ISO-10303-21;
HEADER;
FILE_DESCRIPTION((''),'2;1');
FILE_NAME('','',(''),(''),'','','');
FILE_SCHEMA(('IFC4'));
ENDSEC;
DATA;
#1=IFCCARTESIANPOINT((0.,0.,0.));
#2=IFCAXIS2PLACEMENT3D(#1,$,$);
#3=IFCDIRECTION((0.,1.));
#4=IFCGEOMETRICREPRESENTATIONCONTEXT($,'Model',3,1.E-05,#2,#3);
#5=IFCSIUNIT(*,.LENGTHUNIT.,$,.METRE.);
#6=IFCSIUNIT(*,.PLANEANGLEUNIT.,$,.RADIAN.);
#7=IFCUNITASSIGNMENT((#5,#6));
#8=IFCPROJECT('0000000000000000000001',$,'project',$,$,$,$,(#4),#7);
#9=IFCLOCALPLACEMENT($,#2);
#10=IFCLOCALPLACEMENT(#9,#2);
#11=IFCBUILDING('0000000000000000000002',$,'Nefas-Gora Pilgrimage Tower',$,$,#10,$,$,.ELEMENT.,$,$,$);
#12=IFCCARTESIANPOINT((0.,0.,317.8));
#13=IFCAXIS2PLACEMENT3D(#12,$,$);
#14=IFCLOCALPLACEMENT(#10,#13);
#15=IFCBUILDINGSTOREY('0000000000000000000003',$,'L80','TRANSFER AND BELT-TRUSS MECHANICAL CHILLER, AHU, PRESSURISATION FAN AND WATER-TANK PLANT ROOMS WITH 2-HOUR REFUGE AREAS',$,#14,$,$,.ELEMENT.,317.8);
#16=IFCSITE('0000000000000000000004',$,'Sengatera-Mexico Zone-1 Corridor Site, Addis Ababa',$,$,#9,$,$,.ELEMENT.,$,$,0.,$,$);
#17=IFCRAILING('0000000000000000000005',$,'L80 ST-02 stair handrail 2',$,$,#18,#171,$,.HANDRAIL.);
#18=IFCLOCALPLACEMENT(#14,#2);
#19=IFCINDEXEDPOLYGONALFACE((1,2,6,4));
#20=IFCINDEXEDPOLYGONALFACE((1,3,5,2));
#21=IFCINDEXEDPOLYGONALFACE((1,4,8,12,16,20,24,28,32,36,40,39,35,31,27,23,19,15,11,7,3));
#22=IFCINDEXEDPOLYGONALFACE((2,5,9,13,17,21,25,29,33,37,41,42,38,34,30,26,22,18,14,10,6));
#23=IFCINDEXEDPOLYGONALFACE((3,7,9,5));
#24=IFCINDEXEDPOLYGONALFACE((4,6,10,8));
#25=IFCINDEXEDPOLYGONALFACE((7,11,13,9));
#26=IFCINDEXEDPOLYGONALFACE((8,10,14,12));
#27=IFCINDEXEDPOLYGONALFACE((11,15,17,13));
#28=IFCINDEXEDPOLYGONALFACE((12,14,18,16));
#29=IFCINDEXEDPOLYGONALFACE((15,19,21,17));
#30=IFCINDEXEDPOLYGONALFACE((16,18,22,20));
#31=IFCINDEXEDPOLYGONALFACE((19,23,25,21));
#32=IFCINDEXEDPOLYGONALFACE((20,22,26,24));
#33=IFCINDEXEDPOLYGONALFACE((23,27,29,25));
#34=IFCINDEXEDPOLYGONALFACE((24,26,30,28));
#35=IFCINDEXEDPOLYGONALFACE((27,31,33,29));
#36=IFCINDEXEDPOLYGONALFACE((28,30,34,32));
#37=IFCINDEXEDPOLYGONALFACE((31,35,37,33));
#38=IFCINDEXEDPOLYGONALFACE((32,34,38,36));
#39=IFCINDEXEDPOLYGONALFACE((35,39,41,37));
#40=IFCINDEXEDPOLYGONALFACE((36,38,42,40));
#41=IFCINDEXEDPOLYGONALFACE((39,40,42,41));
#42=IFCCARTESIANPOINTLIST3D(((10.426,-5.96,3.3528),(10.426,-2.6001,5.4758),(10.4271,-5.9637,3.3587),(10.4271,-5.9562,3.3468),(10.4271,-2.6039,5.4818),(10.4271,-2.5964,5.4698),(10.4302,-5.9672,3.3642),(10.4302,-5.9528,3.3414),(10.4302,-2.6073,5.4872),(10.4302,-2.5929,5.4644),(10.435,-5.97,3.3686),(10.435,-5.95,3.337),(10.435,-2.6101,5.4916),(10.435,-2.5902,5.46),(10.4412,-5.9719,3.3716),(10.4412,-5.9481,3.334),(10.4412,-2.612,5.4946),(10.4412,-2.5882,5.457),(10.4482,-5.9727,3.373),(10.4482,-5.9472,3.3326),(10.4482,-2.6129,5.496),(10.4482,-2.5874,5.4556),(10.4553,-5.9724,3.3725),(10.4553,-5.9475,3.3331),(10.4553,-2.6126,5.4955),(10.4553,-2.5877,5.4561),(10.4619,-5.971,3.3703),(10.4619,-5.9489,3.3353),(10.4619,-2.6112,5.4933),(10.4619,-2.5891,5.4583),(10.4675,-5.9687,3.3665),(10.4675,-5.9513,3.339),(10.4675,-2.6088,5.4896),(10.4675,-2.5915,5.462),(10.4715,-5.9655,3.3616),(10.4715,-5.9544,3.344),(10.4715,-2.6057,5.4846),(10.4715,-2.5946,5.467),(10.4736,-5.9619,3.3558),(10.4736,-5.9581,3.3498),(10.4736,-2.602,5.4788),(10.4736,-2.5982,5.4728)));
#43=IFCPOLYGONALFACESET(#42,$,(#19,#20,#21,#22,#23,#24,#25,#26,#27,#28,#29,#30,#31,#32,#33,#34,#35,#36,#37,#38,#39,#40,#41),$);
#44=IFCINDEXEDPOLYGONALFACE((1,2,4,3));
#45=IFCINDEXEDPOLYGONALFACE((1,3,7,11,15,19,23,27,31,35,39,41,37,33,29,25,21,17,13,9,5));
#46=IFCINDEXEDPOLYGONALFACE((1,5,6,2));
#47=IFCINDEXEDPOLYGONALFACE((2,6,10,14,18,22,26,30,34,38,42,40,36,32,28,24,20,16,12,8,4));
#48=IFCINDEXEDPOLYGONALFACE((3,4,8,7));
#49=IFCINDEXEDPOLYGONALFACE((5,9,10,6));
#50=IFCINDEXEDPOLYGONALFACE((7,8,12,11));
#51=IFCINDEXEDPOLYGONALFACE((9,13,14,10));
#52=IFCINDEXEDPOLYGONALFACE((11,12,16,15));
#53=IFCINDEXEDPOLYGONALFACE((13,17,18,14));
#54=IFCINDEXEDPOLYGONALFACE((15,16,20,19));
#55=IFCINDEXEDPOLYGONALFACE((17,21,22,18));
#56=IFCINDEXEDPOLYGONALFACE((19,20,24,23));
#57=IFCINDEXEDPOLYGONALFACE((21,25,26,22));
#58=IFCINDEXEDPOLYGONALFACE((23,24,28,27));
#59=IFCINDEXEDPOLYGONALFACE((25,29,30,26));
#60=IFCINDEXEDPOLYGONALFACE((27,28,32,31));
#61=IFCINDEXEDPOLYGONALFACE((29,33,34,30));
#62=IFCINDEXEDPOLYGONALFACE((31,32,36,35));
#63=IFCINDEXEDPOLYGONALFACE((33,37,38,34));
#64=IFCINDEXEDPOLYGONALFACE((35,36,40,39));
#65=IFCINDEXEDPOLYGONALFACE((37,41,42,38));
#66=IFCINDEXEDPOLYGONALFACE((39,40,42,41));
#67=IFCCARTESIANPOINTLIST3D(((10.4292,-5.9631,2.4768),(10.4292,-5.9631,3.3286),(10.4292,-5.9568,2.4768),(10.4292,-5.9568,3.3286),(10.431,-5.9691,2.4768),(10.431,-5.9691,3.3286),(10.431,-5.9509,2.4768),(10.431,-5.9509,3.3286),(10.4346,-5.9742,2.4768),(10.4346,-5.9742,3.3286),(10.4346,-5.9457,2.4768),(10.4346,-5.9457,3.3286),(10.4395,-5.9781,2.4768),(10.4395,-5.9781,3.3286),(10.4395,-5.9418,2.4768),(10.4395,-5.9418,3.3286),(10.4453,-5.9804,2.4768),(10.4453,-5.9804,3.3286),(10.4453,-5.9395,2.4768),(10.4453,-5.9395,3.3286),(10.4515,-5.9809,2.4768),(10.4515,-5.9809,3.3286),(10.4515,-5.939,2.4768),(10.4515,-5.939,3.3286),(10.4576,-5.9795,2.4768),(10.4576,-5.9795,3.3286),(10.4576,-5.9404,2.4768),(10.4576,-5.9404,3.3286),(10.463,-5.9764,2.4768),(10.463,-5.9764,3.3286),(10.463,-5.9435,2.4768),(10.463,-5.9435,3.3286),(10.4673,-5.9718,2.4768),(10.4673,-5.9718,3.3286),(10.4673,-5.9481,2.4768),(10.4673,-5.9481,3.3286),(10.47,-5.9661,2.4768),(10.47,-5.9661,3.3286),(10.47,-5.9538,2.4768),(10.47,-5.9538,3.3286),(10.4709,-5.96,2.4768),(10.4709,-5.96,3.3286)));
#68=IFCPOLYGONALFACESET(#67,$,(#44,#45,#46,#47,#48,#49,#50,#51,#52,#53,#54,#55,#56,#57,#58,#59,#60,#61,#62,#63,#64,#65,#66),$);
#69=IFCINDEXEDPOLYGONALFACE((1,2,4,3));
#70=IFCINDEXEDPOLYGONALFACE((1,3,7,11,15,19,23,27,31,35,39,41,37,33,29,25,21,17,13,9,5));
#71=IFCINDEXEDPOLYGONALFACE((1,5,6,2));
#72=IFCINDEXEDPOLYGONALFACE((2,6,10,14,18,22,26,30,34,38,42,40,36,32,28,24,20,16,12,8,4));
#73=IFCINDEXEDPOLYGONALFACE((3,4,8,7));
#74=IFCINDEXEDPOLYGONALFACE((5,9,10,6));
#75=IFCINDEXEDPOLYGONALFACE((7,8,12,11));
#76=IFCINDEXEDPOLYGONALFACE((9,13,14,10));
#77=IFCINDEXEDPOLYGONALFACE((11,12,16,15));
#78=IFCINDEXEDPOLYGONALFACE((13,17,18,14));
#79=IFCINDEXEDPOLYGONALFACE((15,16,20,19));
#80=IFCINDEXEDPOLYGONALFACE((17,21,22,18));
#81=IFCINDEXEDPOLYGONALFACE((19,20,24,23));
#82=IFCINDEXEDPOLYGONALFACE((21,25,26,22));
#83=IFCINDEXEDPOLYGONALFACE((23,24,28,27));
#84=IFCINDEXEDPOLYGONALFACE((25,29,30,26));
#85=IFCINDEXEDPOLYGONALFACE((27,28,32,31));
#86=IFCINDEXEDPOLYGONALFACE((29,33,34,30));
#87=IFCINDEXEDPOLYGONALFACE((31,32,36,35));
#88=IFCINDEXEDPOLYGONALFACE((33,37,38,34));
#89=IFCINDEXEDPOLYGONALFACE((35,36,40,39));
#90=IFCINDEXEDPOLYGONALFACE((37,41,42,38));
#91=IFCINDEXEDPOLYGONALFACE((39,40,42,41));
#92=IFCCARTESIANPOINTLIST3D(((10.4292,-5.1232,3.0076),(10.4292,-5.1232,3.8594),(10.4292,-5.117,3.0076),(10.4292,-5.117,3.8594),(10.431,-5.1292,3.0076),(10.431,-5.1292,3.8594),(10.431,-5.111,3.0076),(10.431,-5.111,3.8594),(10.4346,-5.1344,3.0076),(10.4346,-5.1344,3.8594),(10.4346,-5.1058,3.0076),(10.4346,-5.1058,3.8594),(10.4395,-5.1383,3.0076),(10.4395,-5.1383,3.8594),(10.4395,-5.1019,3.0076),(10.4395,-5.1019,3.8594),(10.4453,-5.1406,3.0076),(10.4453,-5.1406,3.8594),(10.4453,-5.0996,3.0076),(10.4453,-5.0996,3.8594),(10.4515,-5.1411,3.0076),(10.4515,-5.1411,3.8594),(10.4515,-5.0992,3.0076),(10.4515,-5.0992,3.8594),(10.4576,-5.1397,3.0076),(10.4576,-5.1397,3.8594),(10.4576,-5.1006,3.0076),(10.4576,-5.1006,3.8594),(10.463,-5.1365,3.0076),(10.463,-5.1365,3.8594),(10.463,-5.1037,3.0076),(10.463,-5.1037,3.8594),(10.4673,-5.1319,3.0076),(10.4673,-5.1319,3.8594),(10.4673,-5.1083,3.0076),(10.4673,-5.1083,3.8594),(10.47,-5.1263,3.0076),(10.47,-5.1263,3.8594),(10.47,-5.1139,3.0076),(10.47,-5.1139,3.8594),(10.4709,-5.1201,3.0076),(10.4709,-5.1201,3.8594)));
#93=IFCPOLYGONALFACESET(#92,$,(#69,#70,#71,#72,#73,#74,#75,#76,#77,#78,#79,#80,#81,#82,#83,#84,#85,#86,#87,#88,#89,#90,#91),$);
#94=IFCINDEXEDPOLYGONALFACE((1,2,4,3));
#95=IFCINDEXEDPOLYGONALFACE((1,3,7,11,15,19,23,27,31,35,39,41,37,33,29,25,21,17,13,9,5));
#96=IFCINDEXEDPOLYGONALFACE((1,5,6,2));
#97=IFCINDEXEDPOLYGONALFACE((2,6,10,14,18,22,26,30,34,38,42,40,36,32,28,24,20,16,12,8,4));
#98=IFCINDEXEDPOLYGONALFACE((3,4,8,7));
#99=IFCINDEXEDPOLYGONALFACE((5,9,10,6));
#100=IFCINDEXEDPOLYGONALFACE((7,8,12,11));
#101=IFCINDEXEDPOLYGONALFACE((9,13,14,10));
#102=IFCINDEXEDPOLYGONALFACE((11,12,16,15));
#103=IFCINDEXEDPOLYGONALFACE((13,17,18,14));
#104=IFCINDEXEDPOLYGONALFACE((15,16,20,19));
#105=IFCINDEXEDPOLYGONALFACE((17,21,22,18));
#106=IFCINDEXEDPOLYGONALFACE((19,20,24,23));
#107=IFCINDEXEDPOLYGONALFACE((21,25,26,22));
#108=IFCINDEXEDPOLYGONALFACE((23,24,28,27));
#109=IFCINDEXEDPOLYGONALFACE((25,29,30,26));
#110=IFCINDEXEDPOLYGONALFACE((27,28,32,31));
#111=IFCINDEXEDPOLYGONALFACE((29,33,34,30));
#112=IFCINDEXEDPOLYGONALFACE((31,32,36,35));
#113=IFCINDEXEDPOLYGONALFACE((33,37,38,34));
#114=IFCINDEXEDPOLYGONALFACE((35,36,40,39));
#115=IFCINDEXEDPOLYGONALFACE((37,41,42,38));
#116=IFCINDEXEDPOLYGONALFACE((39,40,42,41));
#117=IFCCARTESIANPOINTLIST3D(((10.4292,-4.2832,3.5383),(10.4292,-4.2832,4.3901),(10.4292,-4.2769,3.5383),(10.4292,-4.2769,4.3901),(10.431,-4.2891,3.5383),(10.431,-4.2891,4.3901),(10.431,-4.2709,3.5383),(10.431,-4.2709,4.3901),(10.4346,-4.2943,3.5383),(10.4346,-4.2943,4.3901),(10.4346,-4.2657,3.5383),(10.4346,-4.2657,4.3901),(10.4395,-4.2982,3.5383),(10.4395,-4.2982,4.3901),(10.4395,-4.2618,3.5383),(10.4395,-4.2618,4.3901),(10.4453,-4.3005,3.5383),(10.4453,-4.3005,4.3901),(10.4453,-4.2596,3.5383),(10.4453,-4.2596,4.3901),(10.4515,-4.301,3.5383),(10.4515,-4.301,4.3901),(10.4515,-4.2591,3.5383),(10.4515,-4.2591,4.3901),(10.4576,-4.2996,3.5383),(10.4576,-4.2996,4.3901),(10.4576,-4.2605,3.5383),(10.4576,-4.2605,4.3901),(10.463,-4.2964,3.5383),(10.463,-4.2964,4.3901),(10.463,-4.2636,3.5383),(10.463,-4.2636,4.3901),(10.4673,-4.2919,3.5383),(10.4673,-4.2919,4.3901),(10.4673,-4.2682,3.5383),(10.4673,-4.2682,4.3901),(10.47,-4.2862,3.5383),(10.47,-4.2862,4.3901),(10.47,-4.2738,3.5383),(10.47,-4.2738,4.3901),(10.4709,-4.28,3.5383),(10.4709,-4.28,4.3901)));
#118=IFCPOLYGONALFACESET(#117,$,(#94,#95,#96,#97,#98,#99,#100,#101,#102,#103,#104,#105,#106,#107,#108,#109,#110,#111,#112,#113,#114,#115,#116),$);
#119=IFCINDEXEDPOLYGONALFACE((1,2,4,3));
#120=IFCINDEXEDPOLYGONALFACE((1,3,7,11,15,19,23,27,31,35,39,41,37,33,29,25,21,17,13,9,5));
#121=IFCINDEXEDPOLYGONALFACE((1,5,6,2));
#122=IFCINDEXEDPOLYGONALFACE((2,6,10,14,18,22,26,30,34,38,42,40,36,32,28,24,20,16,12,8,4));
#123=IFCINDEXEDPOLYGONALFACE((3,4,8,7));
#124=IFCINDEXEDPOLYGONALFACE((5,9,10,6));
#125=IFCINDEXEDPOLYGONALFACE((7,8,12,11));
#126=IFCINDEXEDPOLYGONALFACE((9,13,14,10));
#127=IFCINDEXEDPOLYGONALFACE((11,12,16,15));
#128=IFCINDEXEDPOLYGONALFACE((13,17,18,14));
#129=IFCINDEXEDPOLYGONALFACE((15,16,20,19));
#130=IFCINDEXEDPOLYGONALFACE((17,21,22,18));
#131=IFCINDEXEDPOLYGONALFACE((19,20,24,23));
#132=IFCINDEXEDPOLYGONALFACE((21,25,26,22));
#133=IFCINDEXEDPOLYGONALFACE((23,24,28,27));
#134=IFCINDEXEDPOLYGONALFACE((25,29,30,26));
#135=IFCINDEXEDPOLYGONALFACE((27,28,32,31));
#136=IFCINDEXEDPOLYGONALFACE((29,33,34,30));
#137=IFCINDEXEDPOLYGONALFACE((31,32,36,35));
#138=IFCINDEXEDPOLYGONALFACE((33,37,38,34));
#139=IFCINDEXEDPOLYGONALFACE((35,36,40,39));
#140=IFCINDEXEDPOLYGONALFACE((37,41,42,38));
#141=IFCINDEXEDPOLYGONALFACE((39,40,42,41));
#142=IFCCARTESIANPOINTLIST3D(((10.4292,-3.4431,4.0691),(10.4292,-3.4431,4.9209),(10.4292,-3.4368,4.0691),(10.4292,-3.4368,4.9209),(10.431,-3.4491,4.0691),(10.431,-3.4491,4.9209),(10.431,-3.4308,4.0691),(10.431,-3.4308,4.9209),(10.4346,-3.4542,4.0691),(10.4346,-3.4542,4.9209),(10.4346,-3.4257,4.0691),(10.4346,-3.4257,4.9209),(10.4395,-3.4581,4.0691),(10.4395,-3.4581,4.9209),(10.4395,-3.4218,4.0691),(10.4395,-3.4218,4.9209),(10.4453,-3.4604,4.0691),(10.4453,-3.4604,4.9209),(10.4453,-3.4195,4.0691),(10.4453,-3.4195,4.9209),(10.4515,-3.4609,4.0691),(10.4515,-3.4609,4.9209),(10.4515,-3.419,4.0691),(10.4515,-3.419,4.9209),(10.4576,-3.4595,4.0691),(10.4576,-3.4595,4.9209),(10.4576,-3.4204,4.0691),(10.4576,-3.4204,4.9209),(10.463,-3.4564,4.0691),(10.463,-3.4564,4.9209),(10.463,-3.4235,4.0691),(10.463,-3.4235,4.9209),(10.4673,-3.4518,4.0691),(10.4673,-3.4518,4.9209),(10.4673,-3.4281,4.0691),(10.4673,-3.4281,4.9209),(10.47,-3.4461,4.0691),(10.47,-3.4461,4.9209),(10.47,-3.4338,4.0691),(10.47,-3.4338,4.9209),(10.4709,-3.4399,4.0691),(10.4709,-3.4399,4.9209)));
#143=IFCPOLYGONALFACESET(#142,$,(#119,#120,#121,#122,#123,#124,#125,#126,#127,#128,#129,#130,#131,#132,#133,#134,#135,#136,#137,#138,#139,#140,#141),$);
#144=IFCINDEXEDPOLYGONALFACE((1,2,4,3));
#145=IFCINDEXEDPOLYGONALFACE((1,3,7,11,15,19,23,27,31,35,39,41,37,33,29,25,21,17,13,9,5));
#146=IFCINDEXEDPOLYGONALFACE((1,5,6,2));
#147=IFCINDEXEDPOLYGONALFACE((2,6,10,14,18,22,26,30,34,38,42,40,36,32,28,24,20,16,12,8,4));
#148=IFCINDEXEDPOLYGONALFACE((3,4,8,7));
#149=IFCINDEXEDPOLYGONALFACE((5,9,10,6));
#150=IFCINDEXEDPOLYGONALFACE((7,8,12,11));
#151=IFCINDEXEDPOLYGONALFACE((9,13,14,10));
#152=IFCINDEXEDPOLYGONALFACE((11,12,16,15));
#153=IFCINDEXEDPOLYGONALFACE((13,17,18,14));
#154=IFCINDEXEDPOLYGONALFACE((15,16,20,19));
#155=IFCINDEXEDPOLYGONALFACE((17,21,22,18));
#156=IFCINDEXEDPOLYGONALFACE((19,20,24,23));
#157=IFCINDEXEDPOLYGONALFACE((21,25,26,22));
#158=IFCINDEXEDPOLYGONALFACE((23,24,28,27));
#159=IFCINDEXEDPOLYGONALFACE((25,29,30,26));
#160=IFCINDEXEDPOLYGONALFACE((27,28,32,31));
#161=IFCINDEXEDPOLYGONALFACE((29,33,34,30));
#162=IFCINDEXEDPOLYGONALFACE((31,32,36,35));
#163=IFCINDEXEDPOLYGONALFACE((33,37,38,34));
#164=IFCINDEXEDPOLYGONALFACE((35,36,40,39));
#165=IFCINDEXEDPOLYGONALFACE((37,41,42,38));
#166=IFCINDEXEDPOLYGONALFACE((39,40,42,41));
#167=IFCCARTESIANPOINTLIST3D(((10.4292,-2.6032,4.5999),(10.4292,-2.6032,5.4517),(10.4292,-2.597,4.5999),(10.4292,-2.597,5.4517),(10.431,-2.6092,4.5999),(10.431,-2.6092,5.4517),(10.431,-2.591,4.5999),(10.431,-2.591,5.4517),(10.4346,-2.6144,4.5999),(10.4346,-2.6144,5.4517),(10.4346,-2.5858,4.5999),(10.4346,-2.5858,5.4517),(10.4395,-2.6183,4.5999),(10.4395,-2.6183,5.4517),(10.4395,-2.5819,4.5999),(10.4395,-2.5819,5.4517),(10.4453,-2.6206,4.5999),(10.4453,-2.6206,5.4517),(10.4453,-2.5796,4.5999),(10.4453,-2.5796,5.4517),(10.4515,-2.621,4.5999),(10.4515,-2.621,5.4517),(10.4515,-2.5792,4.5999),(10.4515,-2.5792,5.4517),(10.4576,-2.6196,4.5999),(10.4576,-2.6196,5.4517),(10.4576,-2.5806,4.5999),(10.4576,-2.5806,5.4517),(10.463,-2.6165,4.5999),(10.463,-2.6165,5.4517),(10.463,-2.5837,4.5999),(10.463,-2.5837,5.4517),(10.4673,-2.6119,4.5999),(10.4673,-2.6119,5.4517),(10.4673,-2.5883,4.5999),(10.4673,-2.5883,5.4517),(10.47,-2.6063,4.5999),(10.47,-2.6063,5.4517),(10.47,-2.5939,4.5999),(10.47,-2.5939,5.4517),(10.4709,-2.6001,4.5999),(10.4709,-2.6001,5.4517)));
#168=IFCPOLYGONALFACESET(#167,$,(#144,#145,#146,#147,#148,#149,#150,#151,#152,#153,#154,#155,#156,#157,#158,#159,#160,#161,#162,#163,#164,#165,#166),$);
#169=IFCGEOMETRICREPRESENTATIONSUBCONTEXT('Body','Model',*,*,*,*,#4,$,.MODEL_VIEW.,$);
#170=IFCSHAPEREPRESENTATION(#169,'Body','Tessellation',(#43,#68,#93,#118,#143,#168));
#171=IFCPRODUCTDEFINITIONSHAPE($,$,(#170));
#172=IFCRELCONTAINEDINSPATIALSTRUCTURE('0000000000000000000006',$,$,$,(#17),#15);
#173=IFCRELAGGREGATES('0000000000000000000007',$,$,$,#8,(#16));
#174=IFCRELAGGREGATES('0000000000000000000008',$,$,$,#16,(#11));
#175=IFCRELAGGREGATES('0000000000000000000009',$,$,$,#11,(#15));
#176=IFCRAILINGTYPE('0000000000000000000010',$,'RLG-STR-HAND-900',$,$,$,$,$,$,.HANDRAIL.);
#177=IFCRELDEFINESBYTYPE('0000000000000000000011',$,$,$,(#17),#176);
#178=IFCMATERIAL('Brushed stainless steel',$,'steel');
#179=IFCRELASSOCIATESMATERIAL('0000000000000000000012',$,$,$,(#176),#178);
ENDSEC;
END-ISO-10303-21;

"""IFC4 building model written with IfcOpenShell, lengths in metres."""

from ifc_helpers import new_model, si_unit, direction, frame, origin, origin_2d, place, context, subcontext, project, spatial, circle, extrude, material, type_object, element, save


model = new_model("IFC4")

# Units and contexts
model_context = context("Model", 3, precision=1e-05, world=origin(), true_north=direction((0.0, 1.0)))
body_context = subcontext(model_context, "Body", "Model", "MODEL_VIEW")
ifc_project = project(units=[si_unit("LENGTHUNIT", "METRE"), si_unit("PLANEANGLEUNIT", "RADIAN")], contexts=[model_context])

# Site, building, storey
site_placement = place(None, origin())
site = spatial("IfcSite", under=ifc_project, at=site_placement, Name="Sengatera-Mexico Zone-1 Corridor Site, Addis Ababa", CompositionType="ELEMENT", RefElevation=0.0)
building_placement = place(site_placement, origin())
building = spatial("IfcBuilding", under=site, at=building_placement, Name="Nefas-Gora Pilgrimage Tower", CompositionType="ELEMENT")
storey_placement = place(building_placement, frame((0.0, 0.0, 317.8)))
storey = spatial("IfcBuildingStorey", under=building, at=storey_placement, Name="L80", Description="TRANSFER AND BELT-TRUSS MECHANICAL CHILLER, AHU, PRESSURISATION FAN AND WATER-TANK PLANT ROOMS WITH 2-HOUR REFUGE AREAS", CompositionType="ELEMENT", Elevation=317.8)

# Railing
ifc_material_1 = material(Name="Brushed stainless steel", Category="steel")
railing_type_1 = type_object("IfcRailingType", Name="RLG-STR-HAND-900", PredefinedType="HANDRAIL", material=ifc_material_1)
railing_1_placement = place(storey_placement, frame((10.45, -5.96, 2.4768)))
element("IfcRailing", 1, at=railing_1_placement, inside=storey, type_object=railing_type_1, Name="L80 ST-02 stair handrail 2", PredefinedType="HANDRAIL", context=body_context, shape_type="SweptSolid", body=[
    extrude(circle(Radius=0.0239, at=origin_2d()), frame((0.0, 0.0, 0.876), z_axis=(0.0, 0.845372, 0.534178), x_axis=(-1.0, 0.0, 0.0)), (0.0, 0.0, 1.0), 3.9744),
    extrude(circle(Radius=0.021, at=origin_2d()), origin(), (0.0, 0.0, 1.0), 0.8518),
    extrude(circle(Radius=0.021, at=origin_2d()), frame((0.0, 0.8398, 0.5308)), (0.0, 0.0, 1.0), 0.8518),
    extrude(circle(Radius=0.021, at=origin_2d()), frame((0.0, 1.6799, 1.0615)), (0.0, 0.0, 1.0), 0.8518),
    extrude(circle(Radius=0.021, at=origin_2d()), frame((0.0, 2.52, 1.5923)), (0.0, 0.0, 1.0), 0.8518),
    extrude(circle(Radius=0.021, at=origin_2d()), frame((0.0, 3.3599, 2.123)), (0.0, 0.0, 1.0), 0.8518),
])

save(model, "model.ifc")
